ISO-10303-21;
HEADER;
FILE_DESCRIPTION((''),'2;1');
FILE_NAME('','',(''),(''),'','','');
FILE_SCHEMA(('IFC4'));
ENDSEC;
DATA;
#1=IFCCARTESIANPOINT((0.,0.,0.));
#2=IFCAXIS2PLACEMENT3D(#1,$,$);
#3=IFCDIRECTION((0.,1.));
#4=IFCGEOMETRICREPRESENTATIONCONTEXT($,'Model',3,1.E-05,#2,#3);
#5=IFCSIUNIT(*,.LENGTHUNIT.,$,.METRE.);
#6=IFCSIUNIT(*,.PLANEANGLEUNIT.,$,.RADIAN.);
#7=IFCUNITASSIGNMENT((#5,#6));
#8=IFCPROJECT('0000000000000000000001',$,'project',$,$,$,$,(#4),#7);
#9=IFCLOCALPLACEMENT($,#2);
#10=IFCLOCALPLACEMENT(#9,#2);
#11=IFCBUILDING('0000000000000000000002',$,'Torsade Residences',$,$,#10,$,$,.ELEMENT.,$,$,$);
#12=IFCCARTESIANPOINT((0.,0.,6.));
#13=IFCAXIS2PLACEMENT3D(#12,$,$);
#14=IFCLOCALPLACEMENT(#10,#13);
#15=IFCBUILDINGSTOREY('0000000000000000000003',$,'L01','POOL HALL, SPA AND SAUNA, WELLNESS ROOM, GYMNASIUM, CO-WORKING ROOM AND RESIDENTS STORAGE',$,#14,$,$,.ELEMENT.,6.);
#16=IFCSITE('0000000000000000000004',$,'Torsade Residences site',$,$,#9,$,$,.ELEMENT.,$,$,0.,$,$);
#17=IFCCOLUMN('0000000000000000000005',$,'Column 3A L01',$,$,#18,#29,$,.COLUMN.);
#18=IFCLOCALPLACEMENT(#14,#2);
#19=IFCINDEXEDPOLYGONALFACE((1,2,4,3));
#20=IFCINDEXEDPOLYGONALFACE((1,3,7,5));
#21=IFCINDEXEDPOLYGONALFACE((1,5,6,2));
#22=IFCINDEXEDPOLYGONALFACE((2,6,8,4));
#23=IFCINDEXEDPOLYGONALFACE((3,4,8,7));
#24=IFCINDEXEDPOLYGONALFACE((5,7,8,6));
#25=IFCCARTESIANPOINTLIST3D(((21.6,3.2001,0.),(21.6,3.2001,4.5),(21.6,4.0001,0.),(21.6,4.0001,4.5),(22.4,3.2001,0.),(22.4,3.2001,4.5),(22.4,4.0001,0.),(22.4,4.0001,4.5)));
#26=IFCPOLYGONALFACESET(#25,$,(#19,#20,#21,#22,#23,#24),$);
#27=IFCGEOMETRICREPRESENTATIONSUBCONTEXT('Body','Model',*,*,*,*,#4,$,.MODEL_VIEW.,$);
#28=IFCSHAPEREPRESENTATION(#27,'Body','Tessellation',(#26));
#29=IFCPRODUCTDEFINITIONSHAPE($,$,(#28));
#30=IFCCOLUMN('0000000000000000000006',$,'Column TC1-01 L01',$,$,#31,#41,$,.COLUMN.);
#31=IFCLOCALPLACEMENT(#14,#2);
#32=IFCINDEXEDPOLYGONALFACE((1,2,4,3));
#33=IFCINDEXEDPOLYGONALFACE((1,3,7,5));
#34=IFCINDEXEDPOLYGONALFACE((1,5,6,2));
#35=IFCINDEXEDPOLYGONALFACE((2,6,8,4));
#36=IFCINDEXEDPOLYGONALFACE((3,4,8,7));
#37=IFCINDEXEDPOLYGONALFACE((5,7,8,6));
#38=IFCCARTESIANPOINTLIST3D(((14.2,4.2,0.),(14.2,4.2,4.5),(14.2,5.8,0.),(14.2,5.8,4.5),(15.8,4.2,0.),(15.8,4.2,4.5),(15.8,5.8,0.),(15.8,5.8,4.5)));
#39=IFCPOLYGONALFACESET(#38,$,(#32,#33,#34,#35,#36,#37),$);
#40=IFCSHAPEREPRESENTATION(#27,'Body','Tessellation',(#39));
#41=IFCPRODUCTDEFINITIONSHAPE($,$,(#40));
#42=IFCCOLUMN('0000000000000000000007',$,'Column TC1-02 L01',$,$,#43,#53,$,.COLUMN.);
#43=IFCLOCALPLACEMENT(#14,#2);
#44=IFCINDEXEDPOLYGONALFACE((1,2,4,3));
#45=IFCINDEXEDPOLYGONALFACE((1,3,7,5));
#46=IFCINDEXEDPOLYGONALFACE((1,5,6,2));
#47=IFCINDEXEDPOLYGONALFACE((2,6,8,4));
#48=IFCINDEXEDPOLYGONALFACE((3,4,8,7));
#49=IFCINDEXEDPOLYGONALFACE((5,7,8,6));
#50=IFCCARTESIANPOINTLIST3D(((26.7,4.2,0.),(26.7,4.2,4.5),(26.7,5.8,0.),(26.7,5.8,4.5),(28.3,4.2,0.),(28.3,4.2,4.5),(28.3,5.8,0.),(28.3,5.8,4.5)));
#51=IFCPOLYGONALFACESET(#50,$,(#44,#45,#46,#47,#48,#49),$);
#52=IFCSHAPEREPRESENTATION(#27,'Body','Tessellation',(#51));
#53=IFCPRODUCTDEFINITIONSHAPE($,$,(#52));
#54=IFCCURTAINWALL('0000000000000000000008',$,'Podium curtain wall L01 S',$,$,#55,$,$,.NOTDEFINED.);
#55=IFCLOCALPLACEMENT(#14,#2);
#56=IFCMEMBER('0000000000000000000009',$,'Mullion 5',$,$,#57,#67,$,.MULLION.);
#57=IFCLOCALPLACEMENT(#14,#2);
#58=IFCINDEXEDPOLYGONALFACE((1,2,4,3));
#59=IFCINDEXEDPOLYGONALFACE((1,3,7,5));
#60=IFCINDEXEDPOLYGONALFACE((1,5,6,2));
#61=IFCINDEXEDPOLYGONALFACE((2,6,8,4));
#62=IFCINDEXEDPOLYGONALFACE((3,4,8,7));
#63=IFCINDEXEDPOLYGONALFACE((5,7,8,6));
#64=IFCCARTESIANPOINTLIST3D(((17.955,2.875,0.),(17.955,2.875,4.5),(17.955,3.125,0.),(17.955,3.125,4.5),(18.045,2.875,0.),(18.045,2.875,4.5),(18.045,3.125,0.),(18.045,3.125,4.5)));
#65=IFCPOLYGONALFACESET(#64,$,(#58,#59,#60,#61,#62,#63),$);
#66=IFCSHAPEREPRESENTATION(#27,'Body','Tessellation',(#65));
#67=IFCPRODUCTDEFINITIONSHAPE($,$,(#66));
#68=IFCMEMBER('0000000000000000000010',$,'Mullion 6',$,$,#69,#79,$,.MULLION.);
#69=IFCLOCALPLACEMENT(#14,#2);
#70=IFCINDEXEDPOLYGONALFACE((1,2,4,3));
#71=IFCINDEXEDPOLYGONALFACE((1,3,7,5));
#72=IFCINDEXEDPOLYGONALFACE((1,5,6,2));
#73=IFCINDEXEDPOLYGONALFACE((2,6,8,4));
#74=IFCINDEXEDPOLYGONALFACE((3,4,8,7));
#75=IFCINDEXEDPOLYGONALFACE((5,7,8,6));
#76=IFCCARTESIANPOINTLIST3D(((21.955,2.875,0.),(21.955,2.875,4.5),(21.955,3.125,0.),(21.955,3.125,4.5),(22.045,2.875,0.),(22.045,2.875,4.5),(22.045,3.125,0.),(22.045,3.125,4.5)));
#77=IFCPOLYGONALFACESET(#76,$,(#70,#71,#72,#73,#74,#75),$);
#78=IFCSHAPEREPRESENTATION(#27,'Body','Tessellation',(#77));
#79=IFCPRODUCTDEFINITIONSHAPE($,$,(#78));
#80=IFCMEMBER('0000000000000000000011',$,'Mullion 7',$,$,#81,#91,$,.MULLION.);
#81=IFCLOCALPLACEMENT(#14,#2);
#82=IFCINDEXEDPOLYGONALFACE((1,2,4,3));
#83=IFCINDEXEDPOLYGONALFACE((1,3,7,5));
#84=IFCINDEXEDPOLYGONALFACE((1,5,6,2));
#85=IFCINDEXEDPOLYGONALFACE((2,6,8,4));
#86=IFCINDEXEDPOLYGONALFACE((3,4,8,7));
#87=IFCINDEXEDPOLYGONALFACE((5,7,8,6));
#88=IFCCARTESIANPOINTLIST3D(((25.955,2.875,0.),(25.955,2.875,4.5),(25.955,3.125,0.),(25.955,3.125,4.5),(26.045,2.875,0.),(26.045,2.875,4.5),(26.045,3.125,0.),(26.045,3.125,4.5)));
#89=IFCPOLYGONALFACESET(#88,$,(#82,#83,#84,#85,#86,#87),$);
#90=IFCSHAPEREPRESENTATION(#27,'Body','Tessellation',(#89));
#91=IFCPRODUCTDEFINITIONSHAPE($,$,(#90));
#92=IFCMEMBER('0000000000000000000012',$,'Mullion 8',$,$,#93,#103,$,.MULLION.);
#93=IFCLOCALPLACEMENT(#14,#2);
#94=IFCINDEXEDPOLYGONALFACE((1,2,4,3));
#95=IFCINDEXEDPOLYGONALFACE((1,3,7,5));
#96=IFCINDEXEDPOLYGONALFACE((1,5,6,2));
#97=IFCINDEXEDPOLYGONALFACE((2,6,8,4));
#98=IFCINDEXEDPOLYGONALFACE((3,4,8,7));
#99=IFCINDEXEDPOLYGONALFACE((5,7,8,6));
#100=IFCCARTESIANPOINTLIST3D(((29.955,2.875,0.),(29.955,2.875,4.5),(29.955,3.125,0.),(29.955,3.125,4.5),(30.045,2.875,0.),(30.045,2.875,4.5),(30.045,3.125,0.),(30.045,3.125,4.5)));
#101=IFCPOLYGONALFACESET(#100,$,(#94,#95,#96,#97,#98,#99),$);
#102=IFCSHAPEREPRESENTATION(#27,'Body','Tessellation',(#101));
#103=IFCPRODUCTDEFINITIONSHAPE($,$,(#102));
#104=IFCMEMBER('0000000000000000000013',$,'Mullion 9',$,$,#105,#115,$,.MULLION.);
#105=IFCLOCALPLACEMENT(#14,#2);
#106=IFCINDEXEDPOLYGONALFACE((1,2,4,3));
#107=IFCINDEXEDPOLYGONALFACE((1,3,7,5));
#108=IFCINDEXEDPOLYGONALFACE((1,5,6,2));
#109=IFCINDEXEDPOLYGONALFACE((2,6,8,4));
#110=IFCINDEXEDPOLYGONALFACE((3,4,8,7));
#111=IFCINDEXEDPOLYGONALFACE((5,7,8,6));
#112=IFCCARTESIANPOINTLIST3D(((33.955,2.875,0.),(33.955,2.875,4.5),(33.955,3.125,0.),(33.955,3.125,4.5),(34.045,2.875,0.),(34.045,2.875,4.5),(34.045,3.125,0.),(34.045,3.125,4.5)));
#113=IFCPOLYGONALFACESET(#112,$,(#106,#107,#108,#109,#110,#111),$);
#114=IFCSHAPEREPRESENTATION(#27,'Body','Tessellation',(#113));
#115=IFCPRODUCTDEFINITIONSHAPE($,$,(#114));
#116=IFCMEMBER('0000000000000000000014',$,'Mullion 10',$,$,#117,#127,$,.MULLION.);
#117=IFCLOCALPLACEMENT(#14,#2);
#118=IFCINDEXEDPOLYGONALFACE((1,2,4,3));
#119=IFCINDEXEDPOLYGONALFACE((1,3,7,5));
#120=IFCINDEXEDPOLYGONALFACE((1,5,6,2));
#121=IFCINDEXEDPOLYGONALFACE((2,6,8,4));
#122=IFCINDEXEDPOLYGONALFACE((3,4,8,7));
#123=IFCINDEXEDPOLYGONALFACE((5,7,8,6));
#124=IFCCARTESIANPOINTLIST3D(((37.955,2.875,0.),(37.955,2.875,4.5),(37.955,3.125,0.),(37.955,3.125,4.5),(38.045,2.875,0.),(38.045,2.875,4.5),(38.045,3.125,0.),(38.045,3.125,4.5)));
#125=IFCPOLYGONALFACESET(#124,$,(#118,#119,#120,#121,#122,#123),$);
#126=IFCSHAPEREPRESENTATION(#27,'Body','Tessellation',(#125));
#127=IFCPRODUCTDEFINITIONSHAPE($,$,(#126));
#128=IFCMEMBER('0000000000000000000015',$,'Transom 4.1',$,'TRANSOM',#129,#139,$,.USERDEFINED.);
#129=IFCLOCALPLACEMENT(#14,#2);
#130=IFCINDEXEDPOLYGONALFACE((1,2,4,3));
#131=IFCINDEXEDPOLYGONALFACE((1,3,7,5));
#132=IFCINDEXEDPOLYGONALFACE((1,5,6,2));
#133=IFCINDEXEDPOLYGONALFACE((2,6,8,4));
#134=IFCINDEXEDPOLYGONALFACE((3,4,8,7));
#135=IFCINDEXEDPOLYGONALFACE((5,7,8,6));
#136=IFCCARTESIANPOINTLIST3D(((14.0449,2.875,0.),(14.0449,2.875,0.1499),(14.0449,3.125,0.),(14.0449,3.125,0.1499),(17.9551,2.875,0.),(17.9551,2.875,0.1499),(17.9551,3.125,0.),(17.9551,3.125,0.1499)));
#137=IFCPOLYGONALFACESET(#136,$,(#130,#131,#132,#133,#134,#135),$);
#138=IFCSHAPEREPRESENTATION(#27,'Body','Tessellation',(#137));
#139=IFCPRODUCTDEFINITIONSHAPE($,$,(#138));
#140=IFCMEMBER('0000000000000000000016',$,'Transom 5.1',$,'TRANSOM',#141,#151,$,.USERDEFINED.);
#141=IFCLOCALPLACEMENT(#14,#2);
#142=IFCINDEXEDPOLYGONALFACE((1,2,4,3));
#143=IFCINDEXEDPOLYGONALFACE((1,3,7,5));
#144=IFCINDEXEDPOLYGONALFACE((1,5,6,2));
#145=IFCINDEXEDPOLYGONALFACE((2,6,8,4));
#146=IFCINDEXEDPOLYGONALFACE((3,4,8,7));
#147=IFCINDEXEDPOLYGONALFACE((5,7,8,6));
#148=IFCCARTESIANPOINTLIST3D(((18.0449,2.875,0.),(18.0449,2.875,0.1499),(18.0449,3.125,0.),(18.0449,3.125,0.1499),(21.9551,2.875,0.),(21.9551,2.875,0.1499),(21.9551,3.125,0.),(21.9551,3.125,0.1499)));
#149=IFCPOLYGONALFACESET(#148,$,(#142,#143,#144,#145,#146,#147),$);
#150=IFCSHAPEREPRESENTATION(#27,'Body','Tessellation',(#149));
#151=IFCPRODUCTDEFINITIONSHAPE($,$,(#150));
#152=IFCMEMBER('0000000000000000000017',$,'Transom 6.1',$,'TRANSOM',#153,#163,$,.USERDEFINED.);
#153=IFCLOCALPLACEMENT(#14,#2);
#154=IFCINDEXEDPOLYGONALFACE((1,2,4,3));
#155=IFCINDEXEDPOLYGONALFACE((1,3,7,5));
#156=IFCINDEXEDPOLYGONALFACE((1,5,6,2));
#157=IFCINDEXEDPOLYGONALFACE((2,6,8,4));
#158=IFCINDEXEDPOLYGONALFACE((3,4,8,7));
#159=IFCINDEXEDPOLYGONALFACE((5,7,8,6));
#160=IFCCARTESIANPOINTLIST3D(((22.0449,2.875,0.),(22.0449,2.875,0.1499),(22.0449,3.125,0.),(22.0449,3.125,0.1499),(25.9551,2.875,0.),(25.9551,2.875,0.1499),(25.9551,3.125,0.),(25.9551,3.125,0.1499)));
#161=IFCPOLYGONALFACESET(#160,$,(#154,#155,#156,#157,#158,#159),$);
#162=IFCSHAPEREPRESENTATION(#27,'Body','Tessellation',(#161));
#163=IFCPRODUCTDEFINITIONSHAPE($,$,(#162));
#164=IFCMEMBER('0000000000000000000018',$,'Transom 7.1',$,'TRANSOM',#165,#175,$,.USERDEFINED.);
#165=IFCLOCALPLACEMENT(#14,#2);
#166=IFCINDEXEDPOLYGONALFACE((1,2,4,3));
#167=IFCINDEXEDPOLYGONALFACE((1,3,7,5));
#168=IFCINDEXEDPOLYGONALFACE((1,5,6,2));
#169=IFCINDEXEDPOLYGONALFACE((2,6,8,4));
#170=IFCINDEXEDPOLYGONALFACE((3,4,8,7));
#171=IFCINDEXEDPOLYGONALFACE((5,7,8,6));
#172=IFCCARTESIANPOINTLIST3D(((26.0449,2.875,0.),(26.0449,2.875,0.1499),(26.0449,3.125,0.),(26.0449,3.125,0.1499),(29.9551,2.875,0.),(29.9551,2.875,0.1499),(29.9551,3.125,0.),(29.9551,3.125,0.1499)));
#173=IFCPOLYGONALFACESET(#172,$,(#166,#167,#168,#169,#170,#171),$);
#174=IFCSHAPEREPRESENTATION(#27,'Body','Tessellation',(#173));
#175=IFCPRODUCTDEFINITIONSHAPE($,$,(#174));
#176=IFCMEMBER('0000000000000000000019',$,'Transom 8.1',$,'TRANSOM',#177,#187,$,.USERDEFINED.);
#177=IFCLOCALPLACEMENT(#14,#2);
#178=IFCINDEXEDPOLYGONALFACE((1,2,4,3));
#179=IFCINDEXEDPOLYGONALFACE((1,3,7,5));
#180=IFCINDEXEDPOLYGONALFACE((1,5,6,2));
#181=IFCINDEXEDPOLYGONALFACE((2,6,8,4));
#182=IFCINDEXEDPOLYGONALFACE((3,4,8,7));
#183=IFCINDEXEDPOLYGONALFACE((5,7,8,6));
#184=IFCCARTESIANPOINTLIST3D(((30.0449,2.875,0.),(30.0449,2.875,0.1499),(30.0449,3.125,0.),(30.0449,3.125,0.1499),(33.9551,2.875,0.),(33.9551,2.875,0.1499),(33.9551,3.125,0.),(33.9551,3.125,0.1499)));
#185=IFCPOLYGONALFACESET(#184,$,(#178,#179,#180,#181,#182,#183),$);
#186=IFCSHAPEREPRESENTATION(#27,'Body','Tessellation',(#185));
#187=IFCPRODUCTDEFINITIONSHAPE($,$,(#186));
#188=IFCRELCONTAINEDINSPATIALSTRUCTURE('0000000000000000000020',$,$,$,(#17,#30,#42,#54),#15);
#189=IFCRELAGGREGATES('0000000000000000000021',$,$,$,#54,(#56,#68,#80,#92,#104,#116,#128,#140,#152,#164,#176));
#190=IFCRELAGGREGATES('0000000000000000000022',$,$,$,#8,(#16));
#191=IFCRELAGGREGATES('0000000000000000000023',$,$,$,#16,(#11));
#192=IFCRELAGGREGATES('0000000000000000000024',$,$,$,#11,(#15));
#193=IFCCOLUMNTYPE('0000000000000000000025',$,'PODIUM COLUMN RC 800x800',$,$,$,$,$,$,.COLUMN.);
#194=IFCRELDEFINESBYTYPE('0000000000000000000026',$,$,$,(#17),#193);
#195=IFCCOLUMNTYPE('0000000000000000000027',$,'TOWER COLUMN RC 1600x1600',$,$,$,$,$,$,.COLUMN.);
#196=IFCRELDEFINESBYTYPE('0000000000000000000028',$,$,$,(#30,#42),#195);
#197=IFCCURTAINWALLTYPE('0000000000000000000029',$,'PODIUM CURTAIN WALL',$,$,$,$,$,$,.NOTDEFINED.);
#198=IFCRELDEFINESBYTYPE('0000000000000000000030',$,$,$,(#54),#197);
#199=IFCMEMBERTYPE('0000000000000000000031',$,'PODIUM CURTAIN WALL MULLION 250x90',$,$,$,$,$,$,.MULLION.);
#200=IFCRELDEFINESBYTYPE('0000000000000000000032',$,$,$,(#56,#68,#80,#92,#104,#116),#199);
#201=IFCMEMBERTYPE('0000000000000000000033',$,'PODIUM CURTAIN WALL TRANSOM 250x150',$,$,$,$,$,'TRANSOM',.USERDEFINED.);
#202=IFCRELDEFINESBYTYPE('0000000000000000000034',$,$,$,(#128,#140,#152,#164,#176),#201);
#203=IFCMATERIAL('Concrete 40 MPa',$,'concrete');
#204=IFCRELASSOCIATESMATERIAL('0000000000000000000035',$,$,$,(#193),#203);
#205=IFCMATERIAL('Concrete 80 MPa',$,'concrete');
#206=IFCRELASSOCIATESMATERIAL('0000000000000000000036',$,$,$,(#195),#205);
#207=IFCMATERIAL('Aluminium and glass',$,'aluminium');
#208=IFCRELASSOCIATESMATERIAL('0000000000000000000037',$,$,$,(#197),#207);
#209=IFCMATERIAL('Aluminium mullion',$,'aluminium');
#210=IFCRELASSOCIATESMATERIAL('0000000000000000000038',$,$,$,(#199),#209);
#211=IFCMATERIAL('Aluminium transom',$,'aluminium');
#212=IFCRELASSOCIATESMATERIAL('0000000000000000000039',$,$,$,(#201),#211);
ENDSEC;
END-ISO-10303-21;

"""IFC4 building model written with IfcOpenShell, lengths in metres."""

from ifc_helpers import new_model, si_unit, direction, frame, origin, origin_2d, place, context, subcontext, project, spatial, rectangle, extrude, material, material_profile, profile_set, type_object, element, aggregate, save


model = new_model("IFC4")

# Units and contexts
model_context = context("Model", 3, precision=1e-05, world=origin(), true_north=direction((0.0, 1.0)))
body_context = subcontext(model_context, "Body", "Model", "MODEL_VIEW")
ifc_project = project(units=[si_unit("LENGTHUNIT", "METRE"), si_unit("PLANEANGLEUNIT", "RADIAN")], contexts=[model_context])

# Site, building, storey
site_placement = place(None, origin())
site = spatial("IfcSite", under=ifc_project, at=site_placement, Name="Torsade Residences site", CompositionType="ELEMENT", RefElevation=0.0)
building_placement = place(site_placement, origin())
building = spatial("IfcBuilding", under=site, at=building_placement, Name="Torsade Residences", CompositionType="ELEMENT")
storey_placement = place(building_placement, frame((0.0, 0.0, 6.0)))
storey = spatial("IfcBuildingStorey", under=building, at=storey_placement, Name="L01", Description="POOL HALL, SPA AND SAUNA, WELLNESS ROOM, GYMNASIUM, CO-WORKING ROOM AND RESIDENTS STORAGE", CompositionType="ELEMENT", Elevation=6.0)

# Columns
ifc_material_1 = material(Name="Concrete 40 MPa", Category="concrete")
ifc_material_profile_1 = material_profile(ifc_material_1, rectangle(XDim=0.8, YDim=0.8, at=origin_2d()), Name="RC 800x800")
ifc_profile_set_1 = profile_set([ifc_material_profile_1], Name="Concrete 40 MPa")
column_type_1 = type_object("IfcColumnType", Name="PODIUM COLUMN RC 800x800", PredefinedType="COLUMN", material=ifc_profile_set_1)
column_placement = place(storey_placement, frame((22.0, 3.6001, 0.0), z_axis=(0.0, 0.0, 1.0), x_axis=(1.0, 0.0, 0.0)))
element("IfcColumn", 1, at=column_placement, inside=storey, type_object=column_type_1, Name="Column 3A L01", PredefinedType="COLUMN", context=body_context, shape_type="SweptSolid", body=[
    extrude(rectangle(XDim=0.8, YDim=0.8, at=origin_2d()), origin(), (0.0, 0.0, 1.0), 4.5),
])
ifc_material_2 = material(Name="Concrete 80 MPa", Category="concrete")
ifc_material_profile_2 = material_profile(ifc_material_2, rectangle(XDim=1.6001, YDim=1.6001, at=origin_2d()), Name="RC 1600x1600")
ifc_profile_set_2 = profile_set([ifc_material_profile_2], Name="Concrete 80 MPa")
column_type_2 = type_object("IfcColumnType", Name="TOWER COLUMN RC 1600x1600", PredefinedType="COLUMN", material=ifc_profile_set_2)
for number, where, z_axis, x_axis, name in (
    (2, (15.0, 5.0, 0.0), (0.0, 0.0, 1.0), (1.0, 0.0, 0.0), "Column TC1-01 L01"),
    (3, (27.5, 5.0, 0.0), (0.0, 0.0, 1.0), (1.0, 0.0, 0.0), "Column TC1-02 L01"),
):
    element("IfcColumn", number, at=place(storey_placement, frame(where, z_axis=z_axis, x_axis=x_axis)), inside=storey, type_object=column_type_2, Name=name, PredefinedType="COLUMN", context=body_context, shape_type="SweptSolid", body=[
        extrude(rectangle(XDim=1.6001, YDim=1.6001, at=origin_2d()), origin(), (0.0, 0.0, 1.0), 4.5),
    ])

# Curtain wall, members
ifc_material_3 = material(Name="Aluminium and glass", Category="aluminium")
curtain_wall_type = type_object("IfcCurtainWallType", Name="PODIUM CURTAIN WALL", PredefinedType="NOTDEFINED", material=ifc_material_3)
curtain_wall_placement = place(storey_placement, origin())
curtain_wall = element("IfcCurtainWall", 4, at=curtain_wall_placement, inside=storey, type_object=curtain_wall_type, Name="Podium curtain wall L01 S", PredefinedType="NOTDEFINED")
ifc_material_4 = material(Name="Aluminium mullion", Category="aluminium")
ifc_material_profile_3 = material_profile(ifc_material_4, rectangle(XDim=0.25, YDim=0.0901, at=origin_2d()), Name="PODIUM CURTAIN WALL MULLION 250x90")
ifc_profile_set_3 = profile_set([ifc_material_profile_3], Name="Aluminium mullion")
member_type_1 = type_object("IfcMemberType", Name="PODIUM CURTAIN WALL MULLION 250x90", PredefinedType="MULLION", material=ifc_profile_set_3)
member_1_placement = place(storey_placement, frame((18.0, 3.0, 0.0), z_axis=(0.0, 0.0, 1.0), x_axis=(0.0, 1.0, 0.0)))
member_1 = element("IfcMember", 5, at=member_1_placement, type_object=member_type_1, Name="Mullion 5", PredefinedType="MULLION", context=body_context, shape_type="SweptSolid", body=[
    extrude(rectangle(XDim=0.25, YDim=0.0901, at=origin_2d()), origin(), (0.0, 0.0, 1.0), 4.5),
])
member_2_placement = place(storey_placement, frame((22.0, 3.0, 0.0), z_axis=(0.0, 0.0, 1.0), x_axis=(0.0, 1.0, 0.0)))
member_2 = element("IfcMember", 6, at=member_2_placement, type_object=member_type_1, Name="Mullion 6", PredefinedType="MULLION", context=body_context, shape_type="SweptSolid", body=[
    extrude(rectangle(XDim=0.25, YDim=0.0901, at=origin_2d()), origin(), (0.0, 0.0, 1.0), 4.5),
])
member_3_placement = place(storey_placement, frame((26.0, 3.0, 0.0), z_axis=(0.0, 0.0, 1.0), x_axis=(0.0, 1.0, 0.0)))
member_3 = element("IfcMember", 7, at=member_3_placement, type_object=member_type_1, Name="Mullion 7", PredefinedType="MULLION", context=body_context, shape_type="SweptSolid", body=[
    extrude(rectangle(XDim=0.25, YDim=0.0901, at=origin_2d()), origin(), (0.0, 0.0, 1.0), 4.5),
])
member_4_placement = place(storey_placement, frame((30.0, 3.0, 0.0), z_axis=(0.0, 0.0, 1.0), x_axis=(0.0, 1.0, 0.0)))
member_4 = element("IfcMember", 8, at=member_4_placement, type_object=member_type_1, Name="Mullion 8", PredefinedType="MULLION", context=body_context, shape_type="SweptSolid", body=[
    extrude(rectangle(XDim=0.25, YDim=0.0901, at=origin_2d()), origin(), (0.0, 0.0, 1.0), 4.5),
])
member_5_placement = place(storey_placement, frame((34.0, 3.0, 0.0), z_axis=(0.0, 0.0, 1.0), x_axis=(0.0, 1.0, 0.0)))
member_5 = element("IfcMember", 9, at=member_5_placement, type_object=member_type_1, Name="Mullion 9", PredefinedType="MULLION", context=body_context, shape_type="SweptSolid", body=[
    extrude(rectangle(XDim=0.25, YDim=0.0901, at=origin_2d()), origin(), (0.0, 0.0, 1.0), 4.5),
])
member_6_placement = place(storey_placement, frame((38.0, 3.0, 0.0), z_axis=(0.0, 0.0, 1.0), x_axis=(0.0, 1.0, 0.0)))
member_6 = element("IfcMember", 10, at=member_6_placement, type_object=member_type_1, Name="Mullion 10", PredefinedType="MULLION", context=body_context, shape_type="SweptSolid", body=[
    extrude(rectangle(XDim=0.25, YDim=0.0901, at=origin_2d()), origin(), (0.0, 0.0, 1.0), 4.5),
])
ifc_material_5 = material(Name="Aluminium transom", Category="aluminium")
ifc_material_profile_4 = material_profile(ifc_material_5, rectangle(XDim=0.25, YDim=0.1499, at=origin_2d()), Name="PODIUM CURTAIN WALL TRANSOM 250x150")
ifc_profile_set_4 = profile_set([ifc_material_profile_4], Name="Aluminium transom")
member_type_2 = type_object("IfcMemberType", Name="PODIUM CURTAIN WALL TRANSOM 250x150", ElementType="TRANSOM", PredefinedType="USERDEFINED", material=ifc_profile_set_4)
member_7_placement = place(storey_placement, frame((14.0449, 3.0, 0.075), z_axis=(1.0, 0.0, 0.0), x_axis=(0.0, 1.0, 0.0)))
member_7 = element("IfcMember", 11, at=member_7_placement, type_object=member_type_2, Name="Transom 4.1", ObjectType="TRANSOM", PredefinedType="USERDEFINED", context=body_context, shape_type="SweptSolid", body=[
    extrude(rectangle(XDim=0.25, YDim=0.1499, at=origin_2d()), origin(), (0.0, 0.0, 1.0), 3.9102),
])
member_8_placement = place(storey_placement, frame((18.0449, 3.0, 0.075), z_axis=(1.0, 0.0, 0.0), x_axis=(0.0, 1.0, 0.0)))
member_8 = element("IfcMember", 12, at=member_8_placement, type_object=member_type_2, Name="Transom 5.1", ObjectType="TRANSOM", PredefinedType="USERDEFINED", context=body_context, shape_type="SweptSolid", body=[
    extrude(rectangle(XDim=0.25, YDim=0.1499, at=origin_2d()), origin(), (0.0, 0.0, 1.0), 3.9102),
])
member_9_placement = place(storey_placement, frame((22.0449, 3.0, 0.075), z_axis=(1.0, 0.0, 0.0), x_axis=(0.0, 1.0, 0.0)))
member_9 = element("IfcMember", 13, at=member_9_placement, type_object=member_type_2, Name="Transom 6.1", ObjectType="TRANSOM", PredefinedType="USERDEFINED", context=body_context, shape_type="SweptSolid", body=[
    extrude(rectangle(XDim=0.25, YDim=0.1499, at=origin_2d()), origin(), (0.0, 0.0, 1.0), 3.9102),
])
member_10_placement = place(storey_placement, frame((26.0449, 3.0, 0.075), z_axis=(1.0, 0.0, 0.0), x_axis=(0.0, 1.0, 0.0)))
member_10 = element("IfcMember", 14, at=member_10_placement, type_object=member_type_2, Name="Transom 7.1", ObjectType="TRANSOM", PredefinedType="USERDEFINED", context=body_context, shape_type="SweptSolid", body=[
    extrude(rectangle(XDim=0.25, YDim=0.1499, at=origin_2d()), origin(), (0.0, 0.0, 1.0), 3.9102),
])
member_11_placement = place(storey_placement, frame((30.0449, 3.0, 0.075), z_axis=(1.0, 0.0, 0.0), x_axis=(0.0, 1.0, 0.0)))
member_11 = element("IfcMember", 15, at=member_11_placement, type_object=member_type_2, Name="Transom 8.1", ObjectType="TRANSOM", PredefinedType="USERDEFINED", context=body_context, shape_type="SweptSolid", body=[
    extrude(rectangle(XDim=0.25, YDim=0.1499, at=origin_2d()), origin(), (0.0, 0.0, 1.0), 3.9102),
])
aggregate(curtain_wall, [member_1, member_2, member_3, member_4, member_5, member_6, member_7, member_8, member_9, member_10, member_11])

save(model, "model.ifc")
